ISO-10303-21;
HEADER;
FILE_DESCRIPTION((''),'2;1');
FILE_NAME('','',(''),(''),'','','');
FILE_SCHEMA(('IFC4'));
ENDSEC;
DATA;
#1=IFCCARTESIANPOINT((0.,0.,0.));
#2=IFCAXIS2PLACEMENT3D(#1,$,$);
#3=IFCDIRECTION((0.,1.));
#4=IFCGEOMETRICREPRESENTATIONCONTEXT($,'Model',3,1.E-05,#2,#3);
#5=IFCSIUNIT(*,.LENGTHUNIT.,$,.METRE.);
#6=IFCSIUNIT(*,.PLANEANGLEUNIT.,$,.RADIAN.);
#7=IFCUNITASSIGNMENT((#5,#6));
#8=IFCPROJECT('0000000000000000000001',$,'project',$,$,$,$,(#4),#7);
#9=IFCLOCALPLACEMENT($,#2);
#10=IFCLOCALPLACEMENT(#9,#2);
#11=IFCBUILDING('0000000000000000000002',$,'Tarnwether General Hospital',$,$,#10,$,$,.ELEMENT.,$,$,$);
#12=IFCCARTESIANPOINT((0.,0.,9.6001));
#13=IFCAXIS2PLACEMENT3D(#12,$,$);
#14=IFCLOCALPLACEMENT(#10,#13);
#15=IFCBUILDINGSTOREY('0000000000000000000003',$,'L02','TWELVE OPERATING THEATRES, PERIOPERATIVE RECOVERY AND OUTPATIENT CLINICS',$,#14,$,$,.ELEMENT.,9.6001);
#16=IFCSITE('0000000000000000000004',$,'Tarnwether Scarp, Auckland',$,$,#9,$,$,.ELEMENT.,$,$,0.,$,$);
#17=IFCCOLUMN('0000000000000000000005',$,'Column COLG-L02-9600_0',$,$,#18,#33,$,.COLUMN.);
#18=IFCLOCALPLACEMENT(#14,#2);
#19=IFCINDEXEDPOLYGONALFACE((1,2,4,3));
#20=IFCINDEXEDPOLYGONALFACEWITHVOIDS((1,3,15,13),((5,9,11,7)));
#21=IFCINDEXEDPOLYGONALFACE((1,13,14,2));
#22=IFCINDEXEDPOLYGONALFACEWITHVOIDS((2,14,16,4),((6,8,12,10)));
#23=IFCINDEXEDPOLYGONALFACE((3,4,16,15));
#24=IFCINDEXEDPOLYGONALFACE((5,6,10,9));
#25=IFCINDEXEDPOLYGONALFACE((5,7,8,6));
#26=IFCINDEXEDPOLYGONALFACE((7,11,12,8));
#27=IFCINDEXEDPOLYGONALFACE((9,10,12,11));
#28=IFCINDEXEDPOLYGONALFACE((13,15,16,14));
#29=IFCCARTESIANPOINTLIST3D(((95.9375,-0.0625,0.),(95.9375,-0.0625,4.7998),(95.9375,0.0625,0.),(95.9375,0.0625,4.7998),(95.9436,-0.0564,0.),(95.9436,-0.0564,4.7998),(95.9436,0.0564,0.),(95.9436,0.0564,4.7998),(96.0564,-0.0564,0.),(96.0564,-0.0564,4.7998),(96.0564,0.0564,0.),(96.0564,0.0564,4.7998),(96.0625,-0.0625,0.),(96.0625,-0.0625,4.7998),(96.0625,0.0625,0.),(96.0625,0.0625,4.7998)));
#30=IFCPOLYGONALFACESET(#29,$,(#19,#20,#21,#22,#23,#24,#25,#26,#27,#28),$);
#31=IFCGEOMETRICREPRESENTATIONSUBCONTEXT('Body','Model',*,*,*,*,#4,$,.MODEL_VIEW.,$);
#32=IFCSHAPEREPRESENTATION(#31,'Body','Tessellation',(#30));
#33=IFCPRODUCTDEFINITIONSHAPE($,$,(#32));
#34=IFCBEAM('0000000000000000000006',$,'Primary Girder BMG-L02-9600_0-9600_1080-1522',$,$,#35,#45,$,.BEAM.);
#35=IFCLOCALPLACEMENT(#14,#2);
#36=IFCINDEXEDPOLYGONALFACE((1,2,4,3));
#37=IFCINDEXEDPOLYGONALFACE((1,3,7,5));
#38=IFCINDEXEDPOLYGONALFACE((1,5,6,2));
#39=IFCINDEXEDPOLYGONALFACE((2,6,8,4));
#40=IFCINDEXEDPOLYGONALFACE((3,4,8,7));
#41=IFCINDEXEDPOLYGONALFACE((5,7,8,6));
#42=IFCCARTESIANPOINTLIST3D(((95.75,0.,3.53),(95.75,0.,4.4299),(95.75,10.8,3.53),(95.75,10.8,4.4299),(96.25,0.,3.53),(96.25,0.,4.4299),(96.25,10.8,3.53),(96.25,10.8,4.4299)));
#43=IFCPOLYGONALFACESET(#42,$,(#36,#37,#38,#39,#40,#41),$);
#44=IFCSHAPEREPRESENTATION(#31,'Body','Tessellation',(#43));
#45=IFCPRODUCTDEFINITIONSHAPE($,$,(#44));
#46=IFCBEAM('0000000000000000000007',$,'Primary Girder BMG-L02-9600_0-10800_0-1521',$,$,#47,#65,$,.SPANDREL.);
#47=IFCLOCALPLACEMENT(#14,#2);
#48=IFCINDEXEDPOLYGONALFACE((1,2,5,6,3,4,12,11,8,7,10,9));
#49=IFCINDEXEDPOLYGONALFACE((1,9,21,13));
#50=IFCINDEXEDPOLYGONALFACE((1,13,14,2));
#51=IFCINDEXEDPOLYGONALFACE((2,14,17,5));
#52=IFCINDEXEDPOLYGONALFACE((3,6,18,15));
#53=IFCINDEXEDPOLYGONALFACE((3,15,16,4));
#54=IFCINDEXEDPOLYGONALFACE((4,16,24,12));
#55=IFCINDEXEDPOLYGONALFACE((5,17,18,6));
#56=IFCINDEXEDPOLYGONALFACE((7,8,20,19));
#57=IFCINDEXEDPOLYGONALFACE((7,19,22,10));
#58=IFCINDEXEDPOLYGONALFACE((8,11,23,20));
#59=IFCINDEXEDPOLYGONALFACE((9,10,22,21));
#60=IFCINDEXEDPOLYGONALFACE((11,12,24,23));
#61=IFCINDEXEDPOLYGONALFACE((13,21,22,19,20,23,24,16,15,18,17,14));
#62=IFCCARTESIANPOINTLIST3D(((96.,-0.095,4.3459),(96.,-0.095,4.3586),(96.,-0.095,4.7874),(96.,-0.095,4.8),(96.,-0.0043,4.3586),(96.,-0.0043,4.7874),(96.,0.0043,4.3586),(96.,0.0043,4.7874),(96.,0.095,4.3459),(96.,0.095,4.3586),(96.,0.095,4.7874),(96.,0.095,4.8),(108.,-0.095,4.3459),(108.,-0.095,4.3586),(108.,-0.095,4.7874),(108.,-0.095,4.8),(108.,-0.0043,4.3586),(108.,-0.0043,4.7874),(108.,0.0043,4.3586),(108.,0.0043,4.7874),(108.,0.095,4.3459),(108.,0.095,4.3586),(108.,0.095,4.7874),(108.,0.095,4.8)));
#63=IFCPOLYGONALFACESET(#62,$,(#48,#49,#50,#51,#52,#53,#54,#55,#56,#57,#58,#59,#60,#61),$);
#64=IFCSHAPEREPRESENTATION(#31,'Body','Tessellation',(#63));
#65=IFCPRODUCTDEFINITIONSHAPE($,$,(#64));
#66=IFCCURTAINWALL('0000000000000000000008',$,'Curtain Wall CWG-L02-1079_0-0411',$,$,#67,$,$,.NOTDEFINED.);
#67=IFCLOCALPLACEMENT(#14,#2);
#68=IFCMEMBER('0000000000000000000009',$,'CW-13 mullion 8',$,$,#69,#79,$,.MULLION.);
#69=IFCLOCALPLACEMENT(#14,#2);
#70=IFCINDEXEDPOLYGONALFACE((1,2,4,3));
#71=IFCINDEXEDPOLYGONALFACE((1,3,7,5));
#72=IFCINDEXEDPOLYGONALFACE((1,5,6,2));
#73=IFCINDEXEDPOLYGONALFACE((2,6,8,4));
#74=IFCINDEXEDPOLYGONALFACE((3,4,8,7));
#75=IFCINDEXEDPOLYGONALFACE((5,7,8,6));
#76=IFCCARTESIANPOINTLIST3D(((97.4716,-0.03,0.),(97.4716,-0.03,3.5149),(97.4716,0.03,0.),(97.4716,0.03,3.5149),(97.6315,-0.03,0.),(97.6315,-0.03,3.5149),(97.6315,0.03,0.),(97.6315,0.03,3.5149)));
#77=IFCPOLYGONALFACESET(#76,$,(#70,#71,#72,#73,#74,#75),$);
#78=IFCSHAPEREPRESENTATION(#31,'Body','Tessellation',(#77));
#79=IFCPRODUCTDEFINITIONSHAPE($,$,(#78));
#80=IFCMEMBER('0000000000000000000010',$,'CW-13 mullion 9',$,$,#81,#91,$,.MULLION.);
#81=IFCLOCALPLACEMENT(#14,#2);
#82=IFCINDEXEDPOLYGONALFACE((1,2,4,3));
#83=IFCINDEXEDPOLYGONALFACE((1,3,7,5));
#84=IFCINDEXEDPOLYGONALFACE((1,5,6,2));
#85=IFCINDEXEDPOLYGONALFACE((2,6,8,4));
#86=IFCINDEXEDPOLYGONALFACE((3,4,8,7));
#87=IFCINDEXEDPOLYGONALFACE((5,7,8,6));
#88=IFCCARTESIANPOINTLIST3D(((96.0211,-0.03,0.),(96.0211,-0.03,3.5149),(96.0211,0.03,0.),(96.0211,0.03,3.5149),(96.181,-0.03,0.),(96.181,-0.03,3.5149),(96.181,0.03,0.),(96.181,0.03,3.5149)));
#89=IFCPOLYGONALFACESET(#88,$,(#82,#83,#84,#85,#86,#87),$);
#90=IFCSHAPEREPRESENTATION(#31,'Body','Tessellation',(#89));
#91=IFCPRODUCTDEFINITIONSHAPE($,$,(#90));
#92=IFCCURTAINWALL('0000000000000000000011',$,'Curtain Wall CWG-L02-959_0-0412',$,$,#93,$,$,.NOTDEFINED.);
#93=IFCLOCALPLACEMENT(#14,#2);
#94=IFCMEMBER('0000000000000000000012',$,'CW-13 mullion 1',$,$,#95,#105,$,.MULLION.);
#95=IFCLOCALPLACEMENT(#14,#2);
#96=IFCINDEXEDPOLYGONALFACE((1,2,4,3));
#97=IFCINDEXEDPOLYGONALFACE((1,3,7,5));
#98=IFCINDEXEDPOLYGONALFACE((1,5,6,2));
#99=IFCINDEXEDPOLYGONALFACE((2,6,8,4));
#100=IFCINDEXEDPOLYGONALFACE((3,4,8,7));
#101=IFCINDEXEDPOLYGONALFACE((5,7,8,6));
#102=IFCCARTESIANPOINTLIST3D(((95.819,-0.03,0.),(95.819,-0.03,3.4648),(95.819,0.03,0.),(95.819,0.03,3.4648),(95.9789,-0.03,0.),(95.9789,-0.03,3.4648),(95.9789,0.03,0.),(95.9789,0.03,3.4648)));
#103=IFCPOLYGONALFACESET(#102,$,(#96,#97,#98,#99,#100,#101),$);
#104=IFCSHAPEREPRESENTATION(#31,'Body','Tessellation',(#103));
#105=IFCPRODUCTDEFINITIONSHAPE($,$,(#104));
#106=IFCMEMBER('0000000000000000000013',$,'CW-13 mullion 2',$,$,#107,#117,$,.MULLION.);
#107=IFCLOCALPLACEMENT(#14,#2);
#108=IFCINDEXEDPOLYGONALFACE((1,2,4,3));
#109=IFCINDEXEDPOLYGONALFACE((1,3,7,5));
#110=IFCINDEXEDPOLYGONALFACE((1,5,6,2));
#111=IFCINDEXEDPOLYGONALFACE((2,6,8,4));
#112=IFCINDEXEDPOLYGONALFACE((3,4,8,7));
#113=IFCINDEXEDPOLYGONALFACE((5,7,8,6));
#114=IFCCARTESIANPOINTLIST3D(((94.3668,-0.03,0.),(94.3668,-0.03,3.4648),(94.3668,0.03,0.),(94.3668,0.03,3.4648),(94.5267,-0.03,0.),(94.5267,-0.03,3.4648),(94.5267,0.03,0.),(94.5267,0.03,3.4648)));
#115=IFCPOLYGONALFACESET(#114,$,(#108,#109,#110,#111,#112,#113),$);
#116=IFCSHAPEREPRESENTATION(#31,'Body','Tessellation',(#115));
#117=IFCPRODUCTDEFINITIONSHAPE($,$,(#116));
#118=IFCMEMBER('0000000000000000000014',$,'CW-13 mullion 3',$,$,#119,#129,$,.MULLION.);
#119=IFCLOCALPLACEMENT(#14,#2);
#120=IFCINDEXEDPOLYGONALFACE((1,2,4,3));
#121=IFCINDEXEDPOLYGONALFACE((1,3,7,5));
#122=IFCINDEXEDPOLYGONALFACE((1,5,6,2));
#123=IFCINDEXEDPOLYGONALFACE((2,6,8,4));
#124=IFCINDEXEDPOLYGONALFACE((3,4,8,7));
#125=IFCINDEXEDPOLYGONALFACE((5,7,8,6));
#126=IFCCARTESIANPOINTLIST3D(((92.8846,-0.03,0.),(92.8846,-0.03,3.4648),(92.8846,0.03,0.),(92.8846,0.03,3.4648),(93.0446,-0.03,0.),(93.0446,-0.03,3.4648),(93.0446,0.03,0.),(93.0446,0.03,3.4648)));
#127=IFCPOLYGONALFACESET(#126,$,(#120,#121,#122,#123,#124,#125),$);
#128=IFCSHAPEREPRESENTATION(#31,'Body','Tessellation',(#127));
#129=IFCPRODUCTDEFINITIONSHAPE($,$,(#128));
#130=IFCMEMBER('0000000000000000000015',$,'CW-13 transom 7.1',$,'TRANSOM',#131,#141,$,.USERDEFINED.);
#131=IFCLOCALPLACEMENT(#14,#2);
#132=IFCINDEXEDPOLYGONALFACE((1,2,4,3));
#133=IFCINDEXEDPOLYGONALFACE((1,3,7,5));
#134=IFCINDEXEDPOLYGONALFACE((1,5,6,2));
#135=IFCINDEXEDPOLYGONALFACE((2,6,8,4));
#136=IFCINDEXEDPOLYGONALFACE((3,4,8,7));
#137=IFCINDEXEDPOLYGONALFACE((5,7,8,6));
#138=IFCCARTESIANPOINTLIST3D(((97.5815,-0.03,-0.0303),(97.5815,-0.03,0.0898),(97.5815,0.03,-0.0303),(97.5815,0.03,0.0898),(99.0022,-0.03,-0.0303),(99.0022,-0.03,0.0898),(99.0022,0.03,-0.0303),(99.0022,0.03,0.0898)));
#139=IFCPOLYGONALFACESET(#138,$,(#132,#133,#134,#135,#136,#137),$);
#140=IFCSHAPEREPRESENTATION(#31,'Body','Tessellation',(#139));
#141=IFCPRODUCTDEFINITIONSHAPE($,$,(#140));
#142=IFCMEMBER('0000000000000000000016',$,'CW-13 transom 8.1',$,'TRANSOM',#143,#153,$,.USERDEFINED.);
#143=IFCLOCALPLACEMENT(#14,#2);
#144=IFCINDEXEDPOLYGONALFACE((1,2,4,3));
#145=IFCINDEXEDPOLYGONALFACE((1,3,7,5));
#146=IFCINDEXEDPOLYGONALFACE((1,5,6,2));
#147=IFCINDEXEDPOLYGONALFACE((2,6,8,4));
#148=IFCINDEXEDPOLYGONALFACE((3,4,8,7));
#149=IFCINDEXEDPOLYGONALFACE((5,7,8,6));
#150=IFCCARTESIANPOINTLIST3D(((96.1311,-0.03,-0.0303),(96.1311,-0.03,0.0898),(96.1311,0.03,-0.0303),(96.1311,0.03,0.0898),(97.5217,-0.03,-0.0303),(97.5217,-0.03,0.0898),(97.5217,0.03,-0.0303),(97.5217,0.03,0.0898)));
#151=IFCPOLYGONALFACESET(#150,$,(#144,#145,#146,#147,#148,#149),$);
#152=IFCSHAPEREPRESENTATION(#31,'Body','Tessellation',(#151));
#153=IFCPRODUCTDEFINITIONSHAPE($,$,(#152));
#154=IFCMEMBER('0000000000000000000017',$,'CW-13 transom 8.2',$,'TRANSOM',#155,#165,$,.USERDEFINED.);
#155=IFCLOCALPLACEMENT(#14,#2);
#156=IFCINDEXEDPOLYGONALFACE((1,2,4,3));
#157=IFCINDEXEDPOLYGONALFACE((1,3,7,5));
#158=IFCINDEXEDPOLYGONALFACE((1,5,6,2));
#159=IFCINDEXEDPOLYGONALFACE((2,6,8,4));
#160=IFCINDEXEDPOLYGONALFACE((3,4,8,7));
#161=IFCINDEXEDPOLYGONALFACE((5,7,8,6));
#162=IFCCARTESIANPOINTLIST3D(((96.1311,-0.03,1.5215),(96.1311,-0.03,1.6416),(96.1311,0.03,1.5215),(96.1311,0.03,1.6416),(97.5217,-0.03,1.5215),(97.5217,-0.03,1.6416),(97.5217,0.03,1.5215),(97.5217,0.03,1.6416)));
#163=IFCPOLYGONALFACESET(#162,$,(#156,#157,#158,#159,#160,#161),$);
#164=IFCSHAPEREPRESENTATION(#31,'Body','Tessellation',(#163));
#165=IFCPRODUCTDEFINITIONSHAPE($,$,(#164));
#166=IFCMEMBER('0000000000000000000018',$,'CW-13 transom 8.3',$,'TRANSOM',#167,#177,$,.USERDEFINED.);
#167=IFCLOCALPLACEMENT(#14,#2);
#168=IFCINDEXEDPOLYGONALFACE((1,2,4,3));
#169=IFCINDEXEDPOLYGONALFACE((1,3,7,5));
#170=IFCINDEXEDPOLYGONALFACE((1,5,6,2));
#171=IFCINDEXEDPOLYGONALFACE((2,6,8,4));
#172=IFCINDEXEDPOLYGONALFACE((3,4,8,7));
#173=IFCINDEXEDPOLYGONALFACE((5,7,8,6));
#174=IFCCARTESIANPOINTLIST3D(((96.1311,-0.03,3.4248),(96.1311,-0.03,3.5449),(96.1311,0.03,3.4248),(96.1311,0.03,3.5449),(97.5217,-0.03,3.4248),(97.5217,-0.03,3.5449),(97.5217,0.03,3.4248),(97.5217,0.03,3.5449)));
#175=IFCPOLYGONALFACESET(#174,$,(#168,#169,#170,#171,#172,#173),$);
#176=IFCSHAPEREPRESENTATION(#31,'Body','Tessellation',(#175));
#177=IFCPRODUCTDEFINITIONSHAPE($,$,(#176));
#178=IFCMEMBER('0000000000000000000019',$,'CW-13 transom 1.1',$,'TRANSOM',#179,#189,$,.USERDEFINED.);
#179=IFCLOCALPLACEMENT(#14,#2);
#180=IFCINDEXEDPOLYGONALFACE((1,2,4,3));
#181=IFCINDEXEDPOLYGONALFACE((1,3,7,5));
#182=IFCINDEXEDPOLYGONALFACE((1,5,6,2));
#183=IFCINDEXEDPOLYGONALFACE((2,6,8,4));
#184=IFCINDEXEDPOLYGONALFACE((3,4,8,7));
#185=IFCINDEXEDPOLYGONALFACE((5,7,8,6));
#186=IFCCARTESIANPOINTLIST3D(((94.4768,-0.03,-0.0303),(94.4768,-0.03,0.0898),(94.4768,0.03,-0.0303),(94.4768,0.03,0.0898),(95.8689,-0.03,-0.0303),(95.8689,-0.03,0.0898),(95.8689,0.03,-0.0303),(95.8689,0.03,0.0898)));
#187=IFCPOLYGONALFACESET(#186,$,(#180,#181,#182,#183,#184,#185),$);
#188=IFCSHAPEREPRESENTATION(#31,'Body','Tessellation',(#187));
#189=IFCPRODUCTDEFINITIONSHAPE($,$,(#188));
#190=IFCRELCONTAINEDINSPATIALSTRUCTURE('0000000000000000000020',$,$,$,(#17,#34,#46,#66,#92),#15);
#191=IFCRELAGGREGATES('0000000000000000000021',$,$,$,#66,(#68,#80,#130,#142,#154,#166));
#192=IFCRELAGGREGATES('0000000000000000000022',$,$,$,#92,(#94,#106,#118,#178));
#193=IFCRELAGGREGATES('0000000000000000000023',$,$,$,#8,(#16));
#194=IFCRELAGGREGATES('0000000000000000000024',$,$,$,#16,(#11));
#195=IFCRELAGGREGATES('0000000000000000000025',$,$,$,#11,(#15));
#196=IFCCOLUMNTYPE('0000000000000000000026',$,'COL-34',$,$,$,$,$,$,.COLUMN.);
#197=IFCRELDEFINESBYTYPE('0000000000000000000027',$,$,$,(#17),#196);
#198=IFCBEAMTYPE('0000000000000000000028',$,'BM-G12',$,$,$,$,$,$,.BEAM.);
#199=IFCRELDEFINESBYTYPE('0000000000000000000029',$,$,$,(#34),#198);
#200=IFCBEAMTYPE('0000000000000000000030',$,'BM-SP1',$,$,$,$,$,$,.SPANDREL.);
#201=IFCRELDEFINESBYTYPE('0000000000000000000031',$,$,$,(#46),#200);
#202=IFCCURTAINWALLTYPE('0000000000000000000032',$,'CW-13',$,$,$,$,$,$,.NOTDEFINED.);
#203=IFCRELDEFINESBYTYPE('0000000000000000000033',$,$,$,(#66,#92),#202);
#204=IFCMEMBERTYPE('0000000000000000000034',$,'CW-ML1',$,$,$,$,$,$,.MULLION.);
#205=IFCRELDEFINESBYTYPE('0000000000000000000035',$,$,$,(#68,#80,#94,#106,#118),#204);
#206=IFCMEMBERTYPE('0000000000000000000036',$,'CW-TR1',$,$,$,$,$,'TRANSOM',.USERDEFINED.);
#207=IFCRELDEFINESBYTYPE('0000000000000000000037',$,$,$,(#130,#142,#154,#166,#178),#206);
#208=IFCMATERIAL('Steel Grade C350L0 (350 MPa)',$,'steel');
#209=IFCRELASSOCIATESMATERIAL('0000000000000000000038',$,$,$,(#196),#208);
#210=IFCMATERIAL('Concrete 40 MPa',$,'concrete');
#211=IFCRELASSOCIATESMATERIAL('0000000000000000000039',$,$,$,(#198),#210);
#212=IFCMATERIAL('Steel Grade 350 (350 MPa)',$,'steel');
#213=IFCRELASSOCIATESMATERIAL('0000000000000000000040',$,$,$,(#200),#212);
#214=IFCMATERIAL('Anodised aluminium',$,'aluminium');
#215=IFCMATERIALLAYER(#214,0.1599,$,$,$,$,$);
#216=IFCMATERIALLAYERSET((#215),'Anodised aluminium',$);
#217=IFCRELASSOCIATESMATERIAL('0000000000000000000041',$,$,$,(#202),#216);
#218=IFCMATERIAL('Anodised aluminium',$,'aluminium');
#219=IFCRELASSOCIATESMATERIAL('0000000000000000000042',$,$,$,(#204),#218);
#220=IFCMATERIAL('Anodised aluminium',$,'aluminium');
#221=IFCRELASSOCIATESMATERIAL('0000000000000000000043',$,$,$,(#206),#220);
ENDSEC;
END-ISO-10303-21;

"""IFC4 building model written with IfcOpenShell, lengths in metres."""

from ifc_helpers import new_model, si_unit, direction, frame, origin, origin_2d, place, context, subcontext, project, spatial, rectangle, hollow_rectangle, i_section, extrude, material, layer, layer_set, material_profile, profile_set, type_object, element, aggregate, save


model = new_model("IFC4")

# Units and contexts
model_context = context("Model", 3, precision=1e-05, world=origin(), true_north=direction((0.0, 1.0)))
body_context = subcontext(model_context, "Body", "Model", "MODEL_VIEW")
ifc_project = project(units=[si_unit("LENGTHUNIT", "METRE"), si_unit("PLANEANGLEUNIT", "RADIAN")], contexts=[model_context])

# Site, building, storey
site_placement = place(None, origin())
site = spatial("IfcSite", under=ifc_project, at=site_placement, Name="Tarnwether Scarp, Auckland", CompositionType="ELEMENT", RefElevation=0.0)
building_placement = place(site_placement, origin())
building = spatial("IfcBuilding", under=site, at=building_placement, Name="Tarnwether General Hospital", CompositionType="ELEMENT")
storey_placement = place(building_placement, frame((0.0, 0.0, 9.6001)))
storey = spatial("IfcBuildingStorey", under=building, at=storey_placement, Name="L02", Description="TWELVE OPERATING THEATRES, PERIOPERATIVE RECOVERY AND OUTPATIENT CLINICS", CompositionType="ELEMENT", Elevation=9.6001)

# Column
ifc_material_1 = material(Name="Steel Grade C350L0 (350 MPa)", Category="steel")
ifc_material_profile_1 = material_profile(ifc_material_1, hollow_rectangle(XDim=0.125, YDim=0.125, WallThickness=0.0061, at=origin_2d()), Name="SHS125x125x6")
ifc_profile_set_1 = profile_set([ifc_material_profile_1], Name="Steel Grade C350L0 (350 MPa)")
column_type = type_object("IfcColumnType", Name="COL-34", PredefinedType="COLUMN", material=ifc_profile_set_1)
column_placement = place(storey_placement, frame((96.0, 0.0, 0.0), z_axis=(0.0, 0.0, 1.0), x_axis=(1.0, 0.0, 0.0)))
element("IfcColumn", 1, at=column_placement, inside=storey, type_object=column_type, Name="Column COLG-L02-9600_0", PredefinedType="COLUMN", context=body_context, shape_type="SweptSolid", body=[
    extrude(hollow_rectangle(XDim=0.125, YDim=0.125, WallThickness=0.0061, at=origin_2d()), origin(), (0.0, 0.0, 1.0), 4.7998),
])

# Beams
ifc_material_2 = material(Name="Concrete 40 MPa", Category="concrete")
ifc_material_profile_2 = material_profile(ifc_material_2, rectangle(XDim=0.5, YDim=0.8999, at=origin_2d()), Name="RC-BM-500x900")
ifc_profile_set_2 = profile_set([ifc_material_profile_2], Name="Concrete 40 MPa")
beam_type_1 = type_object("IfcBeamType", Name="BM-G12", PredefinedType="BEAM", material=ifc_profile_set_2)
beam_1_placement = place(storey_placement, frame((96.0, 0.0, 3.98), z_axis=(0.0, 1.0, 0.0), x_axis=(-1.0, 0.0, 0.0)))
element("IfcBeam", 2, at=beam_1_placement, inside=storey, type_object=beam_type_1, Name="Primary Girder BMG-L02-9600_0-9600_1080-1522", PredefinedType="BEAM", context=body_context, shape_type="SweptSolid", body=[
    extrude(rectangle(XDim=0.5, YDim=0.8999, at=origin_2d()), origin(), (0.0, 0.0, 1.0), 10.8),
])
ifc_material_3 = material(Name="Steel Grade 350 (350 MPa)", Category="steel")
ifc_material_profile_3 = material_profile(ifc_material_3, i_section(OverallWidth=0.1899, OverallDepth=0.4541, WebThickness=0.0085, FlangeThickness=0.0127, at=origin_2d()), Name="460UB67.1")
ifc_profile_set_3 = profile_set([ifc_material_profile_3], Name="Steel Grade 350 (350 MPa)")
beam_type_2 = type_object("IfcBeamType", Name="BM-SP1", PredefinedType="SPANDREL", material=ifc_profile_set_3)
beam_2_placement = place(storey_placement, frame((96.0, 0.0, 4.573), z_axis=(1.0, 0.0, 0.0), x_axis=(0.0, 1.0, 0.0)))
element("IfcBeam", 3, at=beam_2_placement, inside=storey, type_object=beam_type_2, Name="Primary Girder BMG-L02-9600_0-10800_0-1521", PredefinedType="SPANDREL", context=body_context, shape_type="SweptSolid", body=[
    extrude(i_section(OverallWidth=0.1899, OverallDepth=0.4541, WebThickness=0.0085, FlangeThickness=0.0127, at=origin_2d()), origin(), (0.0, 0.0, 1.0), 12.0),
])

# Curtain walls, members
ifc_material_4 = material(Name="Anodised aluminium", Category="aluminium")
ifc_layer_1 = layer(ifc_material_4, 0.1599)
ifc_layer_set_1 = layer_set([ifc_layer_1], Name="Anodised aluminium")
curtain_wall_type = type_object("IfcCurtainWallType", Name="CW-13", PredefinedType="NOTDEFINED", material=ifc_layer_set_1)
curtain_wall_1_placement = place(storey_placement, origin())
curtain_wall_1 = element("IfcCurtainWall", 4, at=curtain_wall_1_placement, inside=storey, type_object=curtain_wall_type, Name="Curtain Wall CWG-L02-1079_0-0411", PredefinedType="NOTDEFINED")
ifc_material_5 = material(Name="Anodised aluminium", Category="aluminium")
ifc_material_profile_4 = material_profile(ifc_material_5, rectangle(XDim=0.0601, YDim=0.1599, at=origin_2d()), Name="ALU-MUL-60x160")
ifc_profile_set_4 = profile_set([ifc_material_profile_4], Name="Anodised aluminium")
member_type_1 = type_object("IfcMemberType", Name="CW-ML1", PredefinedType="MULLION", material=ifc_profile_set_4)
member_1_placement = place(storey_placement, frame((97.5515, 0.0, 0.0), z_axis=(0.0, 0.0, 1.0), x_axis=(0.0, -1.0, 0.0)))
member_1 = element("IfcMember", 5, at=member_1_placement, type_object=member_type_1, Name="CW-13 mullion 8", PredefinedType="MULLION", context=body_context, shape_type="SweptSolid", body=[
    extrude(rectangle(XDim=0.0601, YDim=0.1599, at=origin_2d()), origin(), (0.0, 0.0, 1.0), 3.5149),
])
member_2_placement = place(storey_placement, frame((96.1011, 0.0, 0.0), z_axis=(0.0, 0.0, 1.0), x_axis=(0.0, -1.0, 0.0)))
member_2 = element("IfcMember", 6, at=member_2_placement, type_object=member_type_1, Name="CW-13 mullion 9", PredefinedType="MULLION", context=body_context, shape_type="SweptSolid", body=[
    extrude(rectangle(XDim=0.0601, YDim=0.1599, at=origin_2d()), origin(), (0.0, 0.0, 1.0), 3.5149),
])
curtain_wall_2_placement = place(storey_placement, origin())
curtain_wall_2 = element("IfcCurtainWall", 7, at=curtain_wall_2_placement, inside=storey, type_object=curtain_wall_type, Name="Curtain Wall CWG-L02-959_0-0412", PredefinedType="NOTDEFINED")
member_3_placement = place(storey_placement, frame((95.8989, 0.0, 0.0), z_axis=(0.0, 0.0, 1.0), x_axis=(0.0, -1.0, 0.0)))
member_3 = element("IfcMember", 8, at=member_3_placement, type_object=member_type_1, Name="CW-13 mullion 1", PredefinedType="MULLION", context=body_context, shape_type="SweptSolid", body=[
    extrude(rectangle(XDim=0.0601, YDim=0.1599, at=origin_2d()), origin(), (0.0, 0.0, 1.0), 3.4648),
])
member_4_placement = place(storey_placement, frame((94.4468, 0.0, 0.0), z_axis=(0.0, 0.0, 1.0), x_axis=(0.0, -1.0, 0.0)))
member_4 = element("IfcMember", 9, at=member_4_placement, type_object=member_type_1, Name="CW-13 mullion 2", PredefinedType="MULLION", context=body_context, shape_type="SweptSolid", body=[
    extrude(rectangle(XDim=0.0601, YDim=0.1599, at=origin_2d()), origin(), (0.0, 0.0, 1.0), 3.4648),
])
member_5_placement = place(storey_placement, frame((92.9646, 0.0, 0.0), z_axis=(0.0, 0.0, 1.0), x_axis=(0.0, -1.0, 0.0)))
member_5 = element("IfcMember", 10, at=member_5_placement, type_object=member_type_1, Name="CW-13 mullion 3", PredefinedType="MULLION", context=body_context, shape_type="SweptSolid", body=[
    extrude(rectangle(XDim=0.0601, YDim=0.1599, at=origin_2d()), origin(), (0.0, 0.0, 1.0), 3.4648),
])

# Members
ifc_material_6 = material(Name="Anodised aluminium", Category="aluminium")
ifc_material_profile_5 = material_profile(ifc_material_6, rectangle(XDim=0.0601, YDim=0.1201, at=origin_2d()), Name="ALU-TRN-60x120")
ifc_profile_set_5 = profile_set([ifc_material_profile_5], Name="Anodised aluminium")
member_type_2 = type_object("IfcMemberType", Name="CW-TR1", ElementType="TRANSOM", PredefinedType="USERDEFINED", material=ifc_profile_set_5)
member_6_placement = place(storey_placement, frame((99.0022, 0.0, 0.0298), z_axis=(-1.0, 0.0, 0.0), x_axis=(0.0, -1.0, 0.0)))
member_6 = element("IfcMember", 11, at=member_6_placement, type_object=member_type_2, Name="CW-13 transom 7.1", ObjectType="TRANSOM", PredefinedType="USERDEFINED", context=body_context, shape_type="SweptSolid", body=[
    extrude(rectangle(XDim=0.0601, YDim=0.1201, at=origin_2d()), origin(), (0.0, 0.0, 1.0), 1.4207),
])
member_7_placement = place(storey_placement, frame((97.5217, 0.0, 0.0298), z_axis=(-1.0, 0.0, 0.0), x_axis=(0.0, -1.0, 0.0)))
member_7 = element("IfcMember", 12, at=member_7_placement, type_object=member_type_2, Name="CW-13 transom 8.1", ObjectType="TRANSOM", PredefinedType="USERDEFINED", context=body_context, shape_type="SweptSolid", body=[
    extrude(rectangle(XDim=0.0601, YDim=0.1201, at=origin_2d()), origin(), (0.0, 0.0, 1.0), 1.3906),
])
member_8_placement = place(storey_placement, frame((97.5217, 0.0, 1.5815), z_axis=(-1.0, 0.0, 0.0), x_axis=(0.0, -1.0, 0.0)))
member_8 = element("IfcMember", 13, at=member_8_placement, type_object=member_type_2, Name="CW-13 transom 8.2", ObjectType="TRANSOM", PredefinedType="USERDEFINED", context=body_context, shape_type="SweptSolid", body=[
    extrude(rectangle(XDim=0.0601, YDim=0.1201, at=origin_2d()), origin(), (0.0, 0.0, 1.0), 1.3906),
])
member_9_placement = place(storey_placement, frame((97.5217, 0.0, 3.4849), z_axis=(-1.0, 0.0, 0.0), x_axis=(0.0, -1.0, 0.0)))
member_9 = element("IfcMember", 14, at=member_9_placement, type_object=member_type_2, Name="CW-13 transom 8.3", ObjectType="TRANSOM", PredefinedType="USERDEFINED", context=body_context, shape_type="SweptSolid", body=[
    extrude(rectangle(XDim=0.0601, YDim=0.1201, at=origin_2d()), origin(), (0.0, 0.0, 1.0), 1.3906),
])
member_10_placement = place(storey_placement, frame((95.8689, 0.0, 0.0298), z_axis=(-1.0, 0.0, 0.0), x_axis=(0.0, -1.0, 0.0)))
member_10 = element("IfcMember", 15, at=member_10_placement, type_object=member_type_2, Name="CW-13 transom 1.1", ObjectType="TRANSOM", PredefinedType="USERDEFINED", context=body_context, shape_type="SweptSolid", body=[
    extrude(rectangle(XDim=0.0601, YDim=0.1201, at=origin_2d()), origin(), (0.0, 0.0, 1.0), 1.3921),
])

aggregate(curtain_wall_1, [member_1, member_2, member_6, member_7, member_8, member_9])
aggregate(curtain_wall_2, [member_3, member_4, member_5, member_10])

save(model, "model.ifc")
